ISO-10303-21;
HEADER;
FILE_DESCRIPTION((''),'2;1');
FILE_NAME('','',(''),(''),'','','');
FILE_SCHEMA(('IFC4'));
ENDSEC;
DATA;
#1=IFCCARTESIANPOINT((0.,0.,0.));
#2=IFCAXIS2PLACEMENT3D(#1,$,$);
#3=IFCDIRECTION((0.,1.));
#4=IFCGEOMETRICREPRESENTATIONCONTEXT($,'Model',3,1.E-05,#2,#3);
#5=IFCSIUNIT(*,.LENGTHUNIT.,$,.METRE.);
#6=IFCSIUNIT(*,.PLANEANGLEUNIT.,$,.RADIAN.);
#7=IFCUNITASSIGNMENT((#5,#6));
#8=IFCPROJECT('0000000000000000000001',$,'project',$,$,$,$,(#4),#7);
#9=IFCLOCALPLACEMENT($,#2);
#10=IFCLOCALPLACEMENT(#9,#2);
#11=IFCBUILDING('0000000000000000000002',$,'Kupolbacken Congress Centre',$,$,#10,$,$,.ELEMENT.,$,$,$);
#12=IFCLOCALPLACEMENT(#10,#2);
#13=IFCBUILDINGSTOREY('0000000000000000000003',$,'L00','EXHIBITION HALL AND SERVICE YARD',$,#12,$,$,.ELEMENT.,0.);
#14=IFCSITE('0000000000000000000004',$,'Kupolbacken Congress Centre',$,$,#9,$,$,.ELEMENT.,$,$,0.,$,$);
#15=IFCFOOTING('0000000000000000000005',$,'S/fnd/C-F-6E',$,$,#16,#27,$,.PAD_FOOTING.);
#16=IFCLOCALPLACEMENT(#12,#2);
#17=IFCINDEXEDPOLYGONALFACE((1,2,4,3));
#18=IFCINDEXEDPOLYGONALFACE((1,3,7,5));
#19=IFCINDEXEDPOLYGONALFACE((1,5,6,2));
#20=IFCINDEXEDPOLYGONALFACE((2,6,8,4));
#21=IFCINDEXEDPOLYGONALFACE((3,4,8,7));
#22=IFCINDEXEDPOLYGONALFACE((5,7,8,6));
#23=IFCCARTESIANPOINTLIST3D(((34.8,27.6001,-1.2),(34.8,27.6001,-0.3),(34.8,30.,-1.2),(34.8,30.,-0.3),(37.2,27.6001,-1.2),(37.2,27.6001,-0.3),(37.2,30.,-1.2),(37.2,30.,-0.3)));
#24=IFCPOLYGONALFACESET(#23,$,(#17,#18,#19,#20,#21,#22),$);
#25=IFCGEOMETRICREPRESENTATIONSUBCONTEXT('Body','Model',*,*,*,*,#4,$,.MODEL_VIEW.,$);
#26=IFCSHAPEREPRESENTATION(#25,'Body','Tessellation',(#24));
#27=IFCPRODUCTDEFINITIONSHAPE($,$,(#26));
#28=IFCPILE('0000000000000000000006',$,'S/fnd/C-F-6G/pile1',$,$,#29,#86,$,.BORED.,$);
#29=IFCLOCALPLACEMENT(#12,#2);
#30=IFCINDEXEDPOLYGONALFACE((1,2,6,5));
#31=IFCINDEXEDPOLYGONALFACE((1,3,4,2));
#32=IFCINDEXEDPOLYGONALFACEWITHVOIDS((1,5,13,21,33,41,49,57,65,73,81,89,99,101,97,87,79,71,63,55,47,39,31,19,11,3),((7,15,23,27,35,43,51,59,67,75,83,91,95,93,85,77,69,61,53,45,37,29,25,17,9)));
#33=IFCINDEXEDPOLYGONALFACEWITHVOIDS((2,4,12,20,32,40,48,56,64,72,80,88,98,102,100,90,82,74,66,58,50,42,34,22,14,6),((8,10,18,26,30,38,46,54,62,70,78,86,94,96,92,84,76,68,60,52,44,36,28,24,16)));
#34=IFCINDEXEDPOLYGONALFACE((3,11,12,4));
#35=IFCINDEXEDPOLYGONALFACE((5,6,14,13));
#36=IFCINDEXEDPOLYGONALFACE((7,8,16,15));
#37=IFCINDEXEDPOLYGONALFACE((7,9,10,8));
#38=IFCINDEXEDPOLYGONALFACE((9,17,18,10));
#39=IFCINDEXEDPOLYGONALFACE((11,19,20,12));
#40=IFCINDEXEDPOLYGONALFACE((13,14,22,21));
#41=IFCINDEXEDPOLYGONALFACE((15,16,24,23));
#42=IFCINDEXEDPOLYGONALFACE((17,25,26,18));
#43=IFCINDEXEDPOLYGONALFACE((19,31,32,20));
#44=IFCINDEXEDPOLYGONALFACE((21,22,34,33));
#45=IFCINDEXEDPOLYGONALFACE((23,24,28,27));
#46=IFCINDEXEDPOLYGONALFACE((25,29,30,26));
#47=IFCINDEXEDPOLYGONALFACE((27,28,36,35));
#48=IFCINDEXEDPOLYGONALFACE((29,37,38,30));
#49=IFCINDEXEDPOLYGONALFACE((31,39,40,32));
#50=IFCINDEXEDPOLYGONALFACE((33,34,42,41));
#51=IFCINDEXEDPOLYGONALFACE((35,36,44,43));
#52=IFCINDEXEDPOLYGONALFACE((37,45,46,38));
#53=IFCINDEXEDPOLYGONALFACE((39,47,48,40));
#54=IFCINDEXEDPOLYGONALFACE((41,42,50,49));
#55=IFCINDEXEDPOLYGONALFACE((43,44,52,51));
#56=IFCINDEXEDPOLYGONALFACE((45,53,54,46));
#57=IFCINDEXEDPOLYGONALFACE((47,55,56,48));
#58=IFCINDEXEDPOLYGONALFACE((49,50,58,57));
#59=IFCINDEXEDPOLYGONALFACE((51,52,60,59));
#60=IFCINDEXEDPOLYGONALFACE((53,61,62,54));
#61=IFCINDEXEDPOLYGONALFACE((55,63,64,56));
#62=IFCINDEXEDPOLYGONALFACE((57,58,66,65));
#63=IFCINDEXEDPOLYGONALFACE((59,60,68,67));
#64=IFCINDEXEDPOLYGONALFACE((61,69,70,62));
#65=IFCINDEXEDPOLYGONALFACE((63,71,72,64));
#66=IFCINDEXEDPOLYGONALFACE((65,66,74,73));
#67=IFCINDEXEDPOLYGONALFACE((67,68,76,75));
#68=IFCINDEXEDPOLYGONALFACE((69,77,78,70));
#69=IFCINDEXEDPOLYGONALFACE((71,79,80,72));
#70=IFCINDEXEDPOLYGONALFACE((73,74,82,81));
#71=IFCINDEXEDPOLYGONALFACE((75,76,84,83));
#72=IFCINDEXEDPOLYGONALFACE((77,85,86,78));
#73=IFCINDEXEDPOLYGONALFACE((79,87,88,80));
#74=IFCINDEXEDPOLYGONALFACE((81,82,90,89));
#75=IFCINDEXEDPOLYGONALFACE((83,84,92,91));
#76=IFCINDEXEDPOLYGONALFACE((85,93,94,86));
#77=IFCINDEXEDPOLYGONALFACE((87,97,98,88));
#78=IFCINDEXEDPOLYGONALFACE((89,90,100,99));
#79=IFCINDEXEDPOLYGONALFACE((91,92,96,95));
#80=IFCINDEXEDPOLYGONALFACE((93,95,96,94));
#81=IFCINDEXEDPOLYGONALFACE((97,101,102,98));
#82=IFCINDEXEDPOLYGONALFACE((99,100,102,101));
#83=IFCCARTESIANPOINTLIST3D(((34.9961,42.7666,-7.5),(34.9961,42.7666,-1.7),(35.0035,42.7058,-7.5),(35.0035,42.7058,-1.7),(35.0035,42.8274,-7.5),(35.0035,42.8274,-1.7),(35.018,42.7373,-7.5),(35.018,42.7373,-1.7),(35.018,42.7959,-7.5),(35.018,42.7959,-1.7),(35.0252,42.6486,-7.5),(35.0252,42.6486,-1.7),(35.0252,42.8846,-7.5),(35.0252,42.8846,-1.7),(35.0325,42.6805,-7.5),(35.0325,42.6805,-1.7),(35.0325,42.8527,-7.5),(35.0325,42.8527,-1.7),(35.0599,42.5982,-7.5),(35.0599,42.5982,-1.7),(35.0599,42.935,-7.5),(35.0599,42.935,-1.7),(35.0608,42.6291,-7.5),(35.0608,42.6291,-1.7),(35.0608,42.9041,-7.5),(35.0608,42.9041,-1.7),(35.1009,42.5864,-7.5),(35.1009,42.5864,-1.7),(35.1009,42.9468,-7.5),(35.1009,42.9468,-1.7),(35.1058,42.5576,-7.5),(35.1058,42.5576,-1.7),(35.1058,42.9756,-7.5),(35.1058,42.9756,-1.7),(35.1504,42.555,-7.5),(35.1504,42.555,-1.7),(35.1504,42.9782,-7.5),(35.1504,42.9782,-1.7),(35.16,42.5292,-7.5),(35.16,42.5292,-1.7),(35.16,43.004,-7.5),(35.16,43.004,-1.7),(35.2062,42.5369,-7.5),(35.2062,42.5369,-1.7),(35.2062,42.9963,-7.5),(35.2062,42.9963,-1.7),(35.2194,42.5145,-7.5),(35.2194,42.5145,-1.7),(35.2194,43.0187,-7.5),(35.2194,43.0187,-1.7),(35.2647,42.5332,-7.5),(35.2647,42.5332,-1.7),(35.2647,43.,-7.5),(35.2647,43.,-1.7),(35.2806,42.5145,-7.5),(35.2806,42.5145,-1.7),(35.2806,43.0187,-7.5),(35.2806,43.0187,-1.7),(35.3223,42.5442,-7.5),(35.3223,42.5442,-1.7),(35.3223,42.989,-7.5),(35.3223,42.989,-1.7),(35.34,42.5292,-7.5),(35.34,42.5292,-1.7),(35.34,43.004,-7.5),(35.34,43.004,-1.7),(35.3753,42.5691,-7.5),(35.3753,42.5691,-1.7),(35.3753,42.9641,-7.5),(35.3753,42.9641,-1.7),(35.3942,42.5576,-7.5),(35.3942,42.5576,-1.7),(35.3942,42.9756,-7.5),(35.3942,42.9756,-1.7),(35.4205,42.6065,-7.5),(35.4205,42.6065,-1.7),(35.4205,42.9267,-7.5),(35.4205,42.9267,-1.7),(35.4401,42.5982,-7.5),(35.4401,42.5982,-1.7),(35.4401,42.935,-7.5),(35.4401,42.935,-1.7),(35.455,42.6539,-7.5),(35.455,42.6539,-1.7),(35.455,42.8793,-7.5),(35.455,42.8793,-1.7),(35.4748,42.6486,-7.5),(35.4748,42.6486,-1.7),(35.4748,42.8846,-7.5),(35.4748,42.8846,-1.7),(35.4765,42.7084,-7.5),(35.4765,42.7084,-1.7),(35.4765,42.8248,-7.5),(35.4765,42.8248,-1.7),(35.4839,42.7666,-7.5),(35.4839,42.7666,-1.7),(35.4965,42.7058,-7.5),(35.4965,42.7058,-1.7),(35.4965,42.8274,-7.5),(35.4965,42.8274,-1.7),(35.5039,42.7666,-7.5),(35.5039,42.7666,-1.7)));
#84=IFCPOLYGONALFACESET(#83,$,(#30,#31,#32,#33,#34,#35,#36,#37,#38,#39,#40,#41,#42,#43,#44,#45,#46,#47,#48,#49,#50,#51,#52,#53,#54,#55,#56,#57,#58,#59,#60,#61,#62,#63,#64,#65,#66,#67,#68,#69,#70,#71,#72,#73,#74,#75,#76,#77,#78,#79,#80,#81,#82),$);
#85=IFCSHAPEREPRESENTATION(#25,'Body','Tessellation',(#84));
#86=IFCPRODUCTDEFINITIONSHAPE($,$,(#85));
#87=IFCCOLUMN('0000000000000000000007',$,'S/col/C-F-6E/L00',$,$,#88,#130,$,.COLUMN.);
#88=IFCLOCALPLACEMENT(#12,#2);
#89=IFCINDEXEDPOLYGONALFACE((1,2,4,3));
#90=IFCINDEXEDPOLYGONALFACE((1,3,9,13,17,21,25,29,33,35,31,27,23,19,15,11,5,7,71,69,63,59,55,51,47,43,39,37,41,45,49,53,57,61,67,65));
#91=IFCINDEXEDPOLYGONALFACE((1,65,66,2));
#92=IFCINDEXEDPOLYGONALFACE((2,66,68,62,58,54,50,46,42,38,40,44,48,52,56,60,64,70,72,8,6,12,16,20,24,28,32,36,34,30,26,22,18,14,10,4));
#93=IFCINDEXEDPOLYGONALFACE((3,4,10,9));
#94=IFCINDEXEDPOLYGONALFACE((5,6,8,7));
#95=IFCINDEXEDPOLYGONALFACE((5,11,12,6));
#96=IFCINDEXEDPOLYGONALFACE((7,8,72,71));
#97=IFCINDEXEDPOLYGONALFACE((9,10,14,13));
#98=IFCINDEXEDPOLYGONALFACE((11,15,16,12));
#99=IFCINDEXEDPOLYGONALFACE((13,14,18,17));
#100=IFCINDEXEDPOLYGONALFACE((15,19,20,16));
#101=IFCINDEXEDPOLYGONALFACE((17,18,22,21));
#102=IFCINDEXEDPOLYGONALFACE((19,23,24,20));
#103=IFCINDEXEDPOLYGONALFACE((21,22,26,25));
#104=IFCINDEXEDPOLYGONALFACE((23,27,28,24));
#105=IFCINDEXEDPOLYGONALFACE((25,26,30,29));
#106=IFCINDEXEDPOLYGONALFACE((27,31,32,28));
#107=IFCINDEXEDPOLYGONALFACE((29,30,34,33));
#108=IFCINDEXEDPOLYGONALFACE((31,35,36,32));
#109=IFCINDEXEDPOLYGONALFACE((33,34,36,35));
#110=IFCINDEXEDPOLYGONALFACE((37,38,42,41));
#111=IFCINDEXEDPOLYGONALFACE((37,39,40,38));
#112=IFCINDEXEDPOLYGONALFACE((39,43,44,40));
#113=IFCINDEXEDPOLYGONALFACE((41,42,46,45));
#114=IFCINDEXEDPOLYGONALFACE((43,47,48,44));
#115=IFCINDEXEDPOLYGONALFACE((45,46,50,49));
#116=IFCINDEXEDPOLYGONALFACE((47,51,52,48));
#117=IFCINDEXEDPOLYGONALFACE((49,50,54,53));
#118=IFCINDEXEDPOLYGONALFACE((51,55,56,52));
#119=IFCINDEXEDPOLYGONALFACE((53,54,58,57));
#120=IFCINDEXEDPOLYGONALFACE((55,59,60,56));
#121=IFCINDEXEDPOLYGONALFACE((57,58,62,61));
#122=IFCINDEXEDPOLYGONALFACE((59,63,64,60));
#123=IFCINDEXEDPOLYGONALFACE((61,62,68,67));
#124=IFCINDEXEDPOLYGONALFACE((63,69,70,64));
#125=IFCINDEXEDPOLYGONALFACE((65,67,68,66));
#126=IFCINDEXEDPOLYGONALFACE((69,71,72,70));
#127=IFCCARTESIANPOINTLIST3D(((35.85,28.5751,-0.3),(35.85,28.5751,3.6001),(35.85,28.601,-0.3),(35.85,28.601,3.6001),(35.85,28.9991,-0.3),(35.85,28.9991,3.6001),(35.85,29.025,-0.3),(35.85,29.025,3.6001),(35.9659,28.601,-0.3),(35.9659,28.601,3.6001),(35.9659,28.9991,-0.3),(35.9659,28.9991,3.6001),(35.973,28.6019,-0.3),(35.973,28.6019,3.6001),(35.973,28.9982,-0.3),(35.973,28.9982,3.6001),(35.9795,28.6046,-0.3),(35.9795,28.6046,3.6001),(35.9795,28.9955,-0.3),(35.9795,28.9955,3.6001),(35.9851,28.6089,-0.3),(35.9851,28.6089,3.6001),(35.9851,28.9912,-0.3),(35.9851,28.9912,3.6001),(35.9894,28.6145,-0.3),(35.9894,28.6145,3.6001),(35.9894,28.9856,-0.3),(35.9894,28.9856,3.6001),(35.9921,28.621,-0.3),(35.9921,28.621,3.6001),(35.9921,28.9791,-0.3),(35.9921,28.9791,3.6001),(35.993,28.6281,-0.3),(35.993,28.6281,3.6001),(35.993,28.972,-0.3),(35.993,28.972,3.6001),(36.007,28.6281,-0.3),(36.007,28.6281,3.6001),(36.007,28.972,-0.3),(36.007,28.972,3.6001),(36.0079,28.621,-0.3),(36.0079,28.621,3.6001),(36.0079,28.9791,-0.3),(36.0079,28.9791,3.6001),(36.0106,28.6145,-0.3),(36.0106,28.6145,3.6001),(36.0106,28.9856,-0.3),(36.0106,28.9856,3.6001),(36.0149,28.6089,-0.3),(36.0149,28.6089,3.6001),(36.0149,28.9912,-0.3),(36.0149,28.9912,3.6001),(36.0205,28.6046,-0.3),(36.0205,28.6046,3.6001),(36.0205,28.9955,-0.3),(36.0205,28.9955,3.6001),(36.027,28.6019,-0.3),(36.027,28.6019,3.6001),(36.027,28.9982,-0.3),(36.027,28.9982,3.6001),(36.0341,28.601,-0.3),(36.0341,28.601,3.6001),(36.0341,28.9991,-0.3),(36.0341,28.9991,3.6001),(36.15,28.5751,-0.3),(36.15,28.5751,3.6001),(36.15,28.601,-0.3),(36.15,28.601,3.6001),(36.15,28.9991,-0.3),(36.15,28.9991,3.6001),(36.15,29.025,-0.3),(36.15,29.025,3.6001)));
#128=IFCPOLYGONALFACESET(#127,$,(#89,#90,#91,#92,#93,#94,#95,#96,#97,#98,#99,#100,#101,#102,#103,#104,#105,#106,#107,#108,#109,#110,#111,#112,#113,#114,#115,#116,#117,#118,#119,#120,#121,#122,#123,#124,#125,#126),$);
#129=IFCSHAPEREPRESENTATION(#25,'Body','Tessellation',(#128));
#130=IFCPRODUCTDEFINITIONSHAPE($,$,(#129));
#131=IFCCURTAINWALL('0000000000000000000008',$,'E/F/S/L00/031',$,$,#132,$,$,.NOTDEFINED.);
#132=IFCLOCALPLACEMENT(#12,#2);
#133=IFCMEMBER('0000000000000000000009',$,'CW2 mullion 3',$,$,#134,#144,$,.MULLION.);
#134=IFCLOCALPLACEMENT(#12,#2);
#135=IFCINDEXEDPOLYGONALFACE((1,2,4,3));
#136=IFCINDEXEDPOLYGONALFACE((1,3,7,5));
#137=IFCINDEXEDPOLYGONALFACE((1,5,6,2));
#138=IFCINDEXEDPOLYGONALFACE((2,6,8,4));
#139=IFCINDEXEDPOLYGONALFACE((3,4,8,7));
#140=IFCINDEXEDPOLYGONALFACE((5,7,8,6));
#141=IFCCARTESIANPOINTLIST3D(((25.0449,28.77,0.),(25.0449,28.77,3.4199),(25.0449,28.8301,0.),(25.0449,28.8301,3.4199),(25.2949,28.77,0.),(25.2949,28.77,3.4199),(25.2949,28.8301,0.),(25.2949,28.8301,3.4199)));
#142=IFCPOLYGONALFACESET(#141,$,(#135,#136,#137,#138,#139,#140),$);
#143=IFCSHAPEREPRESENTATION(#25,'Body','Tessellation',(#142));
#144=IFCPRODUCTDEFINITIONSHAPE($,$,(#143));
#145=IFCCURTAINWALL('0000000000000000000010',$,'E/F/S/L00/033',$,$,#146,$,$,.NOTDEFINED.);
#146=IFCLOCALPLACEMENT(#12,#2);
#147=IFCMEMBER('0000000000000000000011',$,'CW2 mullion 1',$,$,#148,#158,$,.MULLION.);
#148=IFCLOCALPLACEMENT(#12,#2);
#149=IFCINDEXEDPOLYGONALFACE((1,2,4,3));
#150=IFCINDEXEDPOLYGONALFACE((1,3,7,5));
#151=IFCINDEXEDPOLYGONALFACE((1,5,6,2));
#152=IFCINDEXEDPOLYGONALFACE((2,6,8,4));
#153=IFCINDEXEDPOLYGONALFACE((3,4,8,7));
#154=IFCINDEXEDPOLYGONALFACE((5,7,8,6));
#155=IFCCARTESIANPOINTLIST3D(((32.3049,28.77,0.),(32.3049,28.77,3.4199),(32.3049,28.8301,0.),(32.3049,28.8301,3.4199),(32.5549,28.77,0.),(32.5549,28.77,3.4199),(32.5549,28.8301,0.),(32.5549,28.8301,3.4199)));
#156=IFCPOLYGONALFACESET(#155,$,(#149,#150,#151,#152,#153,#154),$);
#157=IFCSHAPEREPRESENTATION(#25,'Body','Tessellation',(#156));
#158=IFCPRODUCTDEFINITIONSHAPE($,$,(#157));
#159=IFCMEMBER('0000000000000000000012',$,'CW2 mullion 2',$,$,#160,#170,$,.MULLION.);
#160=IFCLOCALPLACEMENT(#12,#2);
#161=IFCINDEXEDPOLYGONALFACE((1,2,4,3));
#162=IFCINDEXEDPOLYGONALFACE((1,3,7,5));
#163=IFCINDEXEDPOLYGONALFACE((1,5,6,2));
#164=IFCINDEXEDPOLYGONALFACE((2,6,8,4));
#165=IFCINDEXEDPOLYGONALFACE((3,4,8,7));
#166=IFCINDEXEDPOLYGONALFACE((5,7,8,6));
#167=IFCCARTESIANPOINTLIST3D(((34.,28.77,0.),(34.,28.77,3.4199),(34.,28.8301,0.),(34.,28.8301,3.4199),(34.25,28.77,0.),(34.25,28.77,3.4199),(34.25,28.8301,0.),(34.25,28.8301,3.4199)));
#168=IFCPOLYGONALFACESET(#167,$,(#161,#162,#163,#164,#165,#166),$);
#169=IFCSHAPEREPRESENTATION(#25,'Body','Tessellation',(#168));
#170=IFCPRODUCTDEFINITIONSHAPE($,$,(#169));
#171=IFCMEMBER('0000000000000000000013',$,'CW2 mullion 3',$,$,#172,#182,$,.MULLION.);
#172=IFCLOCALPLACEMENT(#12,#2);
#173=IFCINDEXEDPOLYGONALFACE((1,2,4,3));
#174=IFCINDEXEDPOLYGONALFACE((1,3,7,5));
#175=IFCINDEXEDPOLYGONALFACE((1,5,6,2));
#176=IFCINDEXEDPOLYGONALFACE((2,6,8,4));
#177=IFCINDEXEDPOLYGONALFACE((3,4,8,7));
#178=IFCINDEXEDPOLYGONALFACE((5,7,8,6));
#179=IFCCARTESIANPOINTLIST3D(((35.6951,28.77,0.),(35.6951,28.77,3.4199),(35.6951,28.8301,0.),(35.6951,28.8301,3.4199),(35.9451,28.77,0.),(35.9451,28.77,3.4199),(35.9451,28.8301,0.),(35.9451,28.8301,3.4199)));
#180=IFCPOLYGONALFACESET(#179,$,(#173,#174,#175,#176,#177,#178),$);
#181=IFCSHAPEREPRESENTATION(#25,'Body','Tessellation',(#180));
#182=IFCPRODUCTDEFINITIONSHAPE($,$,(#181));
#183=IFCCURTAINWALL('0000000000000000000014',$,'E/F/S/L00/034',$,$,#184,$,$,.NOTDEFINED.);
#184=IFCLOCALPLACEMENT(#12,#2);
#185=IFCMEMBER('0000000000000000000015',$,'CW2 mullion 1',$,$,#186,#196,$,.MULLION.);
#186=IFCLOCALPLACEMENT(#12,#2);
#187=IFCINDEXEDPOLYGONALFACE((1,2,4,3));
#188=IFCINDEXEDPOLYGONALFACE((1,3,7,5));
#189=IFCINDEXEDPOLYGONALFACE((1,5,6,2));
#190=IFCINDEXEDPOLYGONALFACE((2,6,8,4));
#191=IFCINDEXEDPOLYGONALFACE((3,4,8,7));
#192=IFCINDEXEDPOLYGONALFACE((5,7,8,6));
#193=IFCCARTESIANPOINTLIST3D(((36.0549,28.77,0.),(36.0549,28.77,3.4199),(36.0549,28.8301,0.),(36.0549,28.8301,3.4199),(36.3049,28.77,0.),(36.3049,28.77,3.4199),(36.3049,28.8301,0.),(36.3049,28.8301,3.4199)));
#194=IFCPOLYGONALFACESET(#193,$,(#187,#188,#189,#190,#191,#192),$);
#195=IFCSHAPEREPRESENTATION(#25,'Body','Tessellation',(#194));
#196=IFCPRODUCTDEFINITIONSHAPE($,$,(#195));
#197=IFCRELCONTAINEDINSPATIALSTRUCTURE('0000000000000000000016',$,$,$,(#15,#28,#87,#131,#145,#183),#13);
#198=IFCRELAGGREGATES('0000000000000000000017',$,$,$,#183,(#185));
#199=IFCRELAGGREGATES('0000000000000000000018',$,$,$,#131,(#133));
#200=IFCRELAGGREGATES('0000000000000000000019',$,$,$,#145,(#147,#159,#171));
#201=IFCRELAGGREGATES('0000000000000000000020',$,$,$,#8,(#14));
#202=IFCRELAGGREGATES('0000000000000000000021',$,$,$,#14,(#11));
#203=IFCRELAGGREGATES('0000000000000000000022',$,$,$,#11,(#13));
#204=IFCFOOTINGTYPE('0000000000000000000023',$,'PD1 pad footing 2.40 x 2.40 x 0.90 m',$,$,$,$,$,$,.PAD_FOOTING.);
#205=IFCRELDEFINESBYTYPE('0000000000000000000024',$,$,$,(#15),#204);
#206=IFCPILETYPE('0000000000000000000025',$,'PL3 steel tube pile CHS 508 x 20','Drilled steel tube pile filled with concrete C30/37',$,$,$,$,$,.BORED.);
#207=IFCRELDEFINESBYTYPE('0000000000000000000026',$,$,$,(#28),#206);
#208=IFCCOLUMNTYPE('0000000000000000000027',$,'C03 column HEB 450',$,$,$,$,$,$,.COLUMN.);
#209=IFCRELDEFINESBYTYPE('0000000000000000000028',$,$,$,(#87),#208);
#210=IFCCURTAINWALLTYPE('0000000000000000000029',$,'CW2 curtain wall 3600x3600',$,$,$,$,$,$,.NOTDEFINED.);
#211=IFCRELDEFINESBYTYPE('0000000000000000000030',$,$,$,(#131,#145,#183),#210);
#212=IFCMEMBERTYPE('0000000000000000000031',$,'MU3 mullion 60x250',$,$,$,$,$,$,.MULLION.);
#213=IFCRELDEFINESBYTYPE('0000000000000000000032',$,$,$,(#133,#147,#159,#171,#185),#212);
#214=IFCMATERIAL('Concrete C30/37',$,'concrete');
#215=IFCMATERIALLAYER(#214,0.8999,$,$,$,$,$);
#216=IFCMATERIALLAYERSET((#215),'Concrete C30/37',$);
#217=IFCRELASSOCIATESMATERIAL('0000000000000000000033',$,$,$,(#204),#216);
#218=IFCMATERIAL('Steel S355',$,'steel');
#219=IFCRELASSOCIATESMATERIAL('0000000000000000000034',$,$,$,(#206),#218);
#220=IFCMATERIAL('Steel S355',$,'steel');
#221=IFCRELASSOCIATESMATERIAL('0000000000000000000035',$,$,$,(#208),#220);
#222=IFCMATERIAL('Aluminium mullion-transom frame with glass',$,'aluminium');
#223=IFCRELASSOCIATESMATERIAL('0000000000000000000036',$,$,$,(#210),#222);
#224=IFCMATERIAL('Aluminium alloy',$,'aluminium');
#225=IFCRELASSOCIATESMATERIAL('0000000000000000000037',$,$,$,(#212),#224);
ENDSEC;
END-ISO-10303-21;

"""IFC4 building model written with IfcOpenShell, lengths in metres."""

from ifc_helpers import new_model, si_unit, direction, frame, origin, origin_2d, place, context, subcontext, project, spatial, rectangle, hollow_circle, i_section, extrude, material, layer, layer_set, material_profile, profile_set, type_object, element, aggregate, save


model = new_model("IFC4")

# Units and contexts
model_context = context("Model", 3, precision=1e-05, world=origin(), true_north=direction((0.0, 1.0)))
body_context = subcontext(model_context, "Body", "Model", "MODEL_VIEW")
ifc_project = project(units=[si_unit("LENGTHUNIT", "METRE"), si_unit("PLANEANGLEUNIT", "RADIAN")], contexts=[model_context])

# Site, building, storey
site_placement = place(None, origin())
site = spatial("IfcSite", under=ifc_project, at=site_placement, Name="Kupolbacken Congress Centre", CompositionType="ELEMENT", RefElevation=0.0)
building_placement = place(site_placement, origin())
building = spatial("IfcBuilding", under=site, at=building_placement, Name="Kupolbacken Congress Centre", CompositionType="ELEMENT")
storey_placement = place(building_placement, origin())
storey = spatial("IfcBuildingStorey", under=building, at=storey_placement, Name="L00", Description="EXHIBITION HALL AND SERVICE YARD", CompositionType="ELEMENT", Elevation=0.0)

# Footing
ifc_material_1 = material(Name="Concrete C30/37", Category="concrete")
ifc_layer_1 = layer(ifc_material_1, 0.8999)
ifc_layer_set_1 = layer_set([ifc_layer_1], Name="Concrete C30/37")
footing_type = type_object("IfcFootingType", Name="PD1 pad footing 2.40 x 2.40 x 0.90 m", PredefinedType="PAD_FOOTING", material=ifc_layer_set_1)
footing_placement = place(storey_placement, frame((36.0, 28.8, -1.2), z_axis=(0.0, 0.0, 1.0), x_axis=(1.0, 0.0, 0.0)))
element("IfcFooting", 1, at=footing_placement, inside=storey, type_object=footing_type, Name="S/fnd/C-F-6E", PredefinedType="PAD_FOOTING", context=body_context, shape_type="SweptSolid", body=[
    extrude(rectangle(XDim=2.3999, YDim=2.3999, at=origin_2d()), origin(), (0.0, 0.0, 1.0), 0.8999),
])

# Pile
ifc_material_2 = material(Name="Steel S355", Category="steel")
ifc_material_profile_1 = material_profile(ifc_material_2, hollow_circle(Radius=0.2539, WallThickness=0.02, at=origin_2d()), Name="CHS 508 x 20")
ifc_profile_set_1 = profile_set([ifc_material_profile_1], Name="Steel S355")
pile_type = type_object("IfcPileType", Name="PL3 steel tube pile CHS 508 x 20", Description="Drilled steel tube pile filled with concrete C30/37", PredefinedType="BORED", material=ifc_profile_set_1)
pile_placement = place(storey_placement, frame((35.25, 42.7666, -1.7), z_axis=(0.0, 0.0, -1.0), x_axis=(1.0, 0.0, 0.0)))
element("IfcPile", 2, at=pile_placement, inside=storey, type_object=pile_type, Name="S/fnd/C-F-6G/pile1", PredefinedType="BORED", context=body_context, shape_type="SweptSolid", body=[
    extrude(hollow_circle(Radius=0.2539, WallThickness=0.02, at=origin_2d()), origin(), (0.0, 0.0, 1.0), 5.8),
])

# Column
ifc_material_3 = material(Name="Steel S355", Category="steel")
ifc_material_profile_2 = material_profile(ifc_material_3, i_section(OverallWidth=0.3, OverallDepth=0.45, WebThickness=0.0139, FlangeThickness=0.0259, FilletRadius=0.0271, at=origin_2d()), Name="HEB 450")
ifc_profile_set_2 = profile_set([ifc_material_profile_2], Name="Steel S355")
column_type = type_object("IfcColumnType", Name="C03 column HEB 450", PredefinedType="COLUMN", material=ifc_profile_set_2)
column_placement = place(storey_placement, frame((36.0, 28.8, -0.3), z_axis=(0.0, 0.0, 1.0), x_axis=(1.0, 0.0, 0.0)))
element("IfcColumn", 3, at=column_placement, inside=storey, type_object=column_type, Name="S/col/C-F-6E/L00", PredefinedType="COLUMN", context=body_context, shape_type="SweptSolid", body=[
    extrude(i_section(OverallWidth=0.3, OverallDepth=0.45, WebThickness=0.0139, FlangeThickness=0.0259, FilletRadius=0.0271, at=origin_2d()), origin(), (0.0, 0.0, 1.0), 3.9001),
])

# Curtain wall, member
ifc_material_4 = material(Name="Aluminium mullion-transom frame with glass", Category="aluminium")
curtain_wall_type = type_object("IfcCurtainWallType", Name="CW2 curtain wall 3600x3600", PredefinedType="NOTDEFINED", material=ifc_material_4)
curtain_wall_1_placement = place(storey_placement, origin())
curtain_wall_1 = element("IfcCurtainWall", 4, at=curtain_wall_1_placement, inside=storey, type_object=curtain_wall_type, Name="E/F/S/L00/031", PredefinedType="NOTDEFINED")
ifc_material_5 = material(Name="Aluminium alloy", Category="aluminium")
ifc_material_profile_3 = material_profile(ifc_material_5, rectangle(XDim=0.0601, YDim=0.25, at=origin_2d()), Name="60 x 250")
ifc_profile_set_3 = profile_set([ifc_material_profile_3], Name="Aluminium alloy")
member_type_1 = type_object("IfcMemberType", Name="MU3 mullion 60x250", PredefinedType="MULLION", material=ifc_profile_set_3)
member_1_placement = place(storey_placement, frame((25.1699, 28.8, 0.0), z_axis=(0.0, 0.0, 1.0), x_axis=(0.0, 1.0, 0.0)))
member_1 = element("IfcMember", 5, at=member_1_placement, type_object=member_type_1, Name="CW2 mullion 3", PredefinedType="MULLION", context=body_context, shape_type="SweptSolid", body=[
    extrude(rectangle(XDim=0.0601, YDim=0.25, at=origin_2d()), origin(), (0.0, 0.0, 1.0), 3.4199),
])

# Curtain wall, members
curtain_wall_2_placement = place(storey_placement, origin())
curtain_wall_2 = element("IfcCurtainWall", 6, at=curtain_wall_2_placement, inside=storey, type_object=curtain_wall_type, Name="E/F/S/L00/033", PredefinedType="NOTDEFINED")
member_2_placement = place(storey_placement, frame((32.4299, 28.8, 0.0), z_axis=(0.0, 0.0, 1.0), x_axis=(0.0, 1.0, 0.0)))
member_2 = element("IfcMember", 7, at=member_2_placement, type_object=member_type_1, Name="CW2 mullion 1", PredefinedType="MULLION", context=body_context, shape_type="SweptSolid", body=[
    extrude(rectangle(XDim=0.0601, YDim=0.25, at=origin_2d()), origin(), (0.0, 0.0, 1.0), 3.4199),
])
member_3_placement = place(storey_placement, frame((34.125, 28.8, 0.0), z_axis=(0.0, 0.0, 1.0), x_axis=(0.0, 1.0, 0.0)))
member_3 = element("IfcMember", 8, at=member_3_placement, type_object=member_type_1, Name="CW2 mullion 2", PredefinedType="MULLION", context=body_context, shape_type="SweptSolid", body=[
    extrude(rectangle(XDim=0.0601, YDim=0.25, at=origin_2d()), origin(), (0.0, 0.0, 1.0), 3.4199),
])
member_4_placement = place(storey_placement, frame((35.8201, 28.8, 0.0), z_axis=(0.0, 0.0, 1.0), x_axis=(0.0, 1.0, 0.0)))
member_4 = element("IfcMember", 9, at=member_4_placement, type_object=member_type_1, Name="CW2 mullion 3", PredefinedType="MULLION", context=body_context, shape_type="SweptSolid", body=[
    extrude(rectangle(XDim=0.0601, YDim=0.25, at=origin_2d()), origin(), (0.0, 0.0, 1.0), 3.4199),
])

# Curtain wall, member
curtain_wall_3_placement = place(storey_placement, origin())
curtain_wall_3 = element("IfcCurtainWall", 10, at=curtain_wall_3_placement, inside=storey, type_object=curtain_wall_type, Name="E/F/S/L00/034", PredefinedType="NOTDEFINED")
member_5_placement = place(storey_placement, frame((36.1799, 28.8, 0.0), z_axis=(0.0, 0.0, 1.0), x_axis=(0.0, 1.0, 0.0)))
member_5 = element("IfcMember", 11, at=member_5_placement, type_object=member_type_1, Name="CW2 mullion 1", PredefinedType="MULLION", context=body_context, shape_type="SweptSolid", body=[
    extrude(rectangle(XDim=0.0601, YDim=0.25, at=origin_2d()), origin(), (0.0, 0.0, 1.0), 3.4199),
])
aggregate(curtain_wall_3, [member_5])

aggregate(curtain_wall_1, [member_1])
aggregate(curtain_wall_2, [member_2, member_3, member_4])

save(model, "model.ifc")
